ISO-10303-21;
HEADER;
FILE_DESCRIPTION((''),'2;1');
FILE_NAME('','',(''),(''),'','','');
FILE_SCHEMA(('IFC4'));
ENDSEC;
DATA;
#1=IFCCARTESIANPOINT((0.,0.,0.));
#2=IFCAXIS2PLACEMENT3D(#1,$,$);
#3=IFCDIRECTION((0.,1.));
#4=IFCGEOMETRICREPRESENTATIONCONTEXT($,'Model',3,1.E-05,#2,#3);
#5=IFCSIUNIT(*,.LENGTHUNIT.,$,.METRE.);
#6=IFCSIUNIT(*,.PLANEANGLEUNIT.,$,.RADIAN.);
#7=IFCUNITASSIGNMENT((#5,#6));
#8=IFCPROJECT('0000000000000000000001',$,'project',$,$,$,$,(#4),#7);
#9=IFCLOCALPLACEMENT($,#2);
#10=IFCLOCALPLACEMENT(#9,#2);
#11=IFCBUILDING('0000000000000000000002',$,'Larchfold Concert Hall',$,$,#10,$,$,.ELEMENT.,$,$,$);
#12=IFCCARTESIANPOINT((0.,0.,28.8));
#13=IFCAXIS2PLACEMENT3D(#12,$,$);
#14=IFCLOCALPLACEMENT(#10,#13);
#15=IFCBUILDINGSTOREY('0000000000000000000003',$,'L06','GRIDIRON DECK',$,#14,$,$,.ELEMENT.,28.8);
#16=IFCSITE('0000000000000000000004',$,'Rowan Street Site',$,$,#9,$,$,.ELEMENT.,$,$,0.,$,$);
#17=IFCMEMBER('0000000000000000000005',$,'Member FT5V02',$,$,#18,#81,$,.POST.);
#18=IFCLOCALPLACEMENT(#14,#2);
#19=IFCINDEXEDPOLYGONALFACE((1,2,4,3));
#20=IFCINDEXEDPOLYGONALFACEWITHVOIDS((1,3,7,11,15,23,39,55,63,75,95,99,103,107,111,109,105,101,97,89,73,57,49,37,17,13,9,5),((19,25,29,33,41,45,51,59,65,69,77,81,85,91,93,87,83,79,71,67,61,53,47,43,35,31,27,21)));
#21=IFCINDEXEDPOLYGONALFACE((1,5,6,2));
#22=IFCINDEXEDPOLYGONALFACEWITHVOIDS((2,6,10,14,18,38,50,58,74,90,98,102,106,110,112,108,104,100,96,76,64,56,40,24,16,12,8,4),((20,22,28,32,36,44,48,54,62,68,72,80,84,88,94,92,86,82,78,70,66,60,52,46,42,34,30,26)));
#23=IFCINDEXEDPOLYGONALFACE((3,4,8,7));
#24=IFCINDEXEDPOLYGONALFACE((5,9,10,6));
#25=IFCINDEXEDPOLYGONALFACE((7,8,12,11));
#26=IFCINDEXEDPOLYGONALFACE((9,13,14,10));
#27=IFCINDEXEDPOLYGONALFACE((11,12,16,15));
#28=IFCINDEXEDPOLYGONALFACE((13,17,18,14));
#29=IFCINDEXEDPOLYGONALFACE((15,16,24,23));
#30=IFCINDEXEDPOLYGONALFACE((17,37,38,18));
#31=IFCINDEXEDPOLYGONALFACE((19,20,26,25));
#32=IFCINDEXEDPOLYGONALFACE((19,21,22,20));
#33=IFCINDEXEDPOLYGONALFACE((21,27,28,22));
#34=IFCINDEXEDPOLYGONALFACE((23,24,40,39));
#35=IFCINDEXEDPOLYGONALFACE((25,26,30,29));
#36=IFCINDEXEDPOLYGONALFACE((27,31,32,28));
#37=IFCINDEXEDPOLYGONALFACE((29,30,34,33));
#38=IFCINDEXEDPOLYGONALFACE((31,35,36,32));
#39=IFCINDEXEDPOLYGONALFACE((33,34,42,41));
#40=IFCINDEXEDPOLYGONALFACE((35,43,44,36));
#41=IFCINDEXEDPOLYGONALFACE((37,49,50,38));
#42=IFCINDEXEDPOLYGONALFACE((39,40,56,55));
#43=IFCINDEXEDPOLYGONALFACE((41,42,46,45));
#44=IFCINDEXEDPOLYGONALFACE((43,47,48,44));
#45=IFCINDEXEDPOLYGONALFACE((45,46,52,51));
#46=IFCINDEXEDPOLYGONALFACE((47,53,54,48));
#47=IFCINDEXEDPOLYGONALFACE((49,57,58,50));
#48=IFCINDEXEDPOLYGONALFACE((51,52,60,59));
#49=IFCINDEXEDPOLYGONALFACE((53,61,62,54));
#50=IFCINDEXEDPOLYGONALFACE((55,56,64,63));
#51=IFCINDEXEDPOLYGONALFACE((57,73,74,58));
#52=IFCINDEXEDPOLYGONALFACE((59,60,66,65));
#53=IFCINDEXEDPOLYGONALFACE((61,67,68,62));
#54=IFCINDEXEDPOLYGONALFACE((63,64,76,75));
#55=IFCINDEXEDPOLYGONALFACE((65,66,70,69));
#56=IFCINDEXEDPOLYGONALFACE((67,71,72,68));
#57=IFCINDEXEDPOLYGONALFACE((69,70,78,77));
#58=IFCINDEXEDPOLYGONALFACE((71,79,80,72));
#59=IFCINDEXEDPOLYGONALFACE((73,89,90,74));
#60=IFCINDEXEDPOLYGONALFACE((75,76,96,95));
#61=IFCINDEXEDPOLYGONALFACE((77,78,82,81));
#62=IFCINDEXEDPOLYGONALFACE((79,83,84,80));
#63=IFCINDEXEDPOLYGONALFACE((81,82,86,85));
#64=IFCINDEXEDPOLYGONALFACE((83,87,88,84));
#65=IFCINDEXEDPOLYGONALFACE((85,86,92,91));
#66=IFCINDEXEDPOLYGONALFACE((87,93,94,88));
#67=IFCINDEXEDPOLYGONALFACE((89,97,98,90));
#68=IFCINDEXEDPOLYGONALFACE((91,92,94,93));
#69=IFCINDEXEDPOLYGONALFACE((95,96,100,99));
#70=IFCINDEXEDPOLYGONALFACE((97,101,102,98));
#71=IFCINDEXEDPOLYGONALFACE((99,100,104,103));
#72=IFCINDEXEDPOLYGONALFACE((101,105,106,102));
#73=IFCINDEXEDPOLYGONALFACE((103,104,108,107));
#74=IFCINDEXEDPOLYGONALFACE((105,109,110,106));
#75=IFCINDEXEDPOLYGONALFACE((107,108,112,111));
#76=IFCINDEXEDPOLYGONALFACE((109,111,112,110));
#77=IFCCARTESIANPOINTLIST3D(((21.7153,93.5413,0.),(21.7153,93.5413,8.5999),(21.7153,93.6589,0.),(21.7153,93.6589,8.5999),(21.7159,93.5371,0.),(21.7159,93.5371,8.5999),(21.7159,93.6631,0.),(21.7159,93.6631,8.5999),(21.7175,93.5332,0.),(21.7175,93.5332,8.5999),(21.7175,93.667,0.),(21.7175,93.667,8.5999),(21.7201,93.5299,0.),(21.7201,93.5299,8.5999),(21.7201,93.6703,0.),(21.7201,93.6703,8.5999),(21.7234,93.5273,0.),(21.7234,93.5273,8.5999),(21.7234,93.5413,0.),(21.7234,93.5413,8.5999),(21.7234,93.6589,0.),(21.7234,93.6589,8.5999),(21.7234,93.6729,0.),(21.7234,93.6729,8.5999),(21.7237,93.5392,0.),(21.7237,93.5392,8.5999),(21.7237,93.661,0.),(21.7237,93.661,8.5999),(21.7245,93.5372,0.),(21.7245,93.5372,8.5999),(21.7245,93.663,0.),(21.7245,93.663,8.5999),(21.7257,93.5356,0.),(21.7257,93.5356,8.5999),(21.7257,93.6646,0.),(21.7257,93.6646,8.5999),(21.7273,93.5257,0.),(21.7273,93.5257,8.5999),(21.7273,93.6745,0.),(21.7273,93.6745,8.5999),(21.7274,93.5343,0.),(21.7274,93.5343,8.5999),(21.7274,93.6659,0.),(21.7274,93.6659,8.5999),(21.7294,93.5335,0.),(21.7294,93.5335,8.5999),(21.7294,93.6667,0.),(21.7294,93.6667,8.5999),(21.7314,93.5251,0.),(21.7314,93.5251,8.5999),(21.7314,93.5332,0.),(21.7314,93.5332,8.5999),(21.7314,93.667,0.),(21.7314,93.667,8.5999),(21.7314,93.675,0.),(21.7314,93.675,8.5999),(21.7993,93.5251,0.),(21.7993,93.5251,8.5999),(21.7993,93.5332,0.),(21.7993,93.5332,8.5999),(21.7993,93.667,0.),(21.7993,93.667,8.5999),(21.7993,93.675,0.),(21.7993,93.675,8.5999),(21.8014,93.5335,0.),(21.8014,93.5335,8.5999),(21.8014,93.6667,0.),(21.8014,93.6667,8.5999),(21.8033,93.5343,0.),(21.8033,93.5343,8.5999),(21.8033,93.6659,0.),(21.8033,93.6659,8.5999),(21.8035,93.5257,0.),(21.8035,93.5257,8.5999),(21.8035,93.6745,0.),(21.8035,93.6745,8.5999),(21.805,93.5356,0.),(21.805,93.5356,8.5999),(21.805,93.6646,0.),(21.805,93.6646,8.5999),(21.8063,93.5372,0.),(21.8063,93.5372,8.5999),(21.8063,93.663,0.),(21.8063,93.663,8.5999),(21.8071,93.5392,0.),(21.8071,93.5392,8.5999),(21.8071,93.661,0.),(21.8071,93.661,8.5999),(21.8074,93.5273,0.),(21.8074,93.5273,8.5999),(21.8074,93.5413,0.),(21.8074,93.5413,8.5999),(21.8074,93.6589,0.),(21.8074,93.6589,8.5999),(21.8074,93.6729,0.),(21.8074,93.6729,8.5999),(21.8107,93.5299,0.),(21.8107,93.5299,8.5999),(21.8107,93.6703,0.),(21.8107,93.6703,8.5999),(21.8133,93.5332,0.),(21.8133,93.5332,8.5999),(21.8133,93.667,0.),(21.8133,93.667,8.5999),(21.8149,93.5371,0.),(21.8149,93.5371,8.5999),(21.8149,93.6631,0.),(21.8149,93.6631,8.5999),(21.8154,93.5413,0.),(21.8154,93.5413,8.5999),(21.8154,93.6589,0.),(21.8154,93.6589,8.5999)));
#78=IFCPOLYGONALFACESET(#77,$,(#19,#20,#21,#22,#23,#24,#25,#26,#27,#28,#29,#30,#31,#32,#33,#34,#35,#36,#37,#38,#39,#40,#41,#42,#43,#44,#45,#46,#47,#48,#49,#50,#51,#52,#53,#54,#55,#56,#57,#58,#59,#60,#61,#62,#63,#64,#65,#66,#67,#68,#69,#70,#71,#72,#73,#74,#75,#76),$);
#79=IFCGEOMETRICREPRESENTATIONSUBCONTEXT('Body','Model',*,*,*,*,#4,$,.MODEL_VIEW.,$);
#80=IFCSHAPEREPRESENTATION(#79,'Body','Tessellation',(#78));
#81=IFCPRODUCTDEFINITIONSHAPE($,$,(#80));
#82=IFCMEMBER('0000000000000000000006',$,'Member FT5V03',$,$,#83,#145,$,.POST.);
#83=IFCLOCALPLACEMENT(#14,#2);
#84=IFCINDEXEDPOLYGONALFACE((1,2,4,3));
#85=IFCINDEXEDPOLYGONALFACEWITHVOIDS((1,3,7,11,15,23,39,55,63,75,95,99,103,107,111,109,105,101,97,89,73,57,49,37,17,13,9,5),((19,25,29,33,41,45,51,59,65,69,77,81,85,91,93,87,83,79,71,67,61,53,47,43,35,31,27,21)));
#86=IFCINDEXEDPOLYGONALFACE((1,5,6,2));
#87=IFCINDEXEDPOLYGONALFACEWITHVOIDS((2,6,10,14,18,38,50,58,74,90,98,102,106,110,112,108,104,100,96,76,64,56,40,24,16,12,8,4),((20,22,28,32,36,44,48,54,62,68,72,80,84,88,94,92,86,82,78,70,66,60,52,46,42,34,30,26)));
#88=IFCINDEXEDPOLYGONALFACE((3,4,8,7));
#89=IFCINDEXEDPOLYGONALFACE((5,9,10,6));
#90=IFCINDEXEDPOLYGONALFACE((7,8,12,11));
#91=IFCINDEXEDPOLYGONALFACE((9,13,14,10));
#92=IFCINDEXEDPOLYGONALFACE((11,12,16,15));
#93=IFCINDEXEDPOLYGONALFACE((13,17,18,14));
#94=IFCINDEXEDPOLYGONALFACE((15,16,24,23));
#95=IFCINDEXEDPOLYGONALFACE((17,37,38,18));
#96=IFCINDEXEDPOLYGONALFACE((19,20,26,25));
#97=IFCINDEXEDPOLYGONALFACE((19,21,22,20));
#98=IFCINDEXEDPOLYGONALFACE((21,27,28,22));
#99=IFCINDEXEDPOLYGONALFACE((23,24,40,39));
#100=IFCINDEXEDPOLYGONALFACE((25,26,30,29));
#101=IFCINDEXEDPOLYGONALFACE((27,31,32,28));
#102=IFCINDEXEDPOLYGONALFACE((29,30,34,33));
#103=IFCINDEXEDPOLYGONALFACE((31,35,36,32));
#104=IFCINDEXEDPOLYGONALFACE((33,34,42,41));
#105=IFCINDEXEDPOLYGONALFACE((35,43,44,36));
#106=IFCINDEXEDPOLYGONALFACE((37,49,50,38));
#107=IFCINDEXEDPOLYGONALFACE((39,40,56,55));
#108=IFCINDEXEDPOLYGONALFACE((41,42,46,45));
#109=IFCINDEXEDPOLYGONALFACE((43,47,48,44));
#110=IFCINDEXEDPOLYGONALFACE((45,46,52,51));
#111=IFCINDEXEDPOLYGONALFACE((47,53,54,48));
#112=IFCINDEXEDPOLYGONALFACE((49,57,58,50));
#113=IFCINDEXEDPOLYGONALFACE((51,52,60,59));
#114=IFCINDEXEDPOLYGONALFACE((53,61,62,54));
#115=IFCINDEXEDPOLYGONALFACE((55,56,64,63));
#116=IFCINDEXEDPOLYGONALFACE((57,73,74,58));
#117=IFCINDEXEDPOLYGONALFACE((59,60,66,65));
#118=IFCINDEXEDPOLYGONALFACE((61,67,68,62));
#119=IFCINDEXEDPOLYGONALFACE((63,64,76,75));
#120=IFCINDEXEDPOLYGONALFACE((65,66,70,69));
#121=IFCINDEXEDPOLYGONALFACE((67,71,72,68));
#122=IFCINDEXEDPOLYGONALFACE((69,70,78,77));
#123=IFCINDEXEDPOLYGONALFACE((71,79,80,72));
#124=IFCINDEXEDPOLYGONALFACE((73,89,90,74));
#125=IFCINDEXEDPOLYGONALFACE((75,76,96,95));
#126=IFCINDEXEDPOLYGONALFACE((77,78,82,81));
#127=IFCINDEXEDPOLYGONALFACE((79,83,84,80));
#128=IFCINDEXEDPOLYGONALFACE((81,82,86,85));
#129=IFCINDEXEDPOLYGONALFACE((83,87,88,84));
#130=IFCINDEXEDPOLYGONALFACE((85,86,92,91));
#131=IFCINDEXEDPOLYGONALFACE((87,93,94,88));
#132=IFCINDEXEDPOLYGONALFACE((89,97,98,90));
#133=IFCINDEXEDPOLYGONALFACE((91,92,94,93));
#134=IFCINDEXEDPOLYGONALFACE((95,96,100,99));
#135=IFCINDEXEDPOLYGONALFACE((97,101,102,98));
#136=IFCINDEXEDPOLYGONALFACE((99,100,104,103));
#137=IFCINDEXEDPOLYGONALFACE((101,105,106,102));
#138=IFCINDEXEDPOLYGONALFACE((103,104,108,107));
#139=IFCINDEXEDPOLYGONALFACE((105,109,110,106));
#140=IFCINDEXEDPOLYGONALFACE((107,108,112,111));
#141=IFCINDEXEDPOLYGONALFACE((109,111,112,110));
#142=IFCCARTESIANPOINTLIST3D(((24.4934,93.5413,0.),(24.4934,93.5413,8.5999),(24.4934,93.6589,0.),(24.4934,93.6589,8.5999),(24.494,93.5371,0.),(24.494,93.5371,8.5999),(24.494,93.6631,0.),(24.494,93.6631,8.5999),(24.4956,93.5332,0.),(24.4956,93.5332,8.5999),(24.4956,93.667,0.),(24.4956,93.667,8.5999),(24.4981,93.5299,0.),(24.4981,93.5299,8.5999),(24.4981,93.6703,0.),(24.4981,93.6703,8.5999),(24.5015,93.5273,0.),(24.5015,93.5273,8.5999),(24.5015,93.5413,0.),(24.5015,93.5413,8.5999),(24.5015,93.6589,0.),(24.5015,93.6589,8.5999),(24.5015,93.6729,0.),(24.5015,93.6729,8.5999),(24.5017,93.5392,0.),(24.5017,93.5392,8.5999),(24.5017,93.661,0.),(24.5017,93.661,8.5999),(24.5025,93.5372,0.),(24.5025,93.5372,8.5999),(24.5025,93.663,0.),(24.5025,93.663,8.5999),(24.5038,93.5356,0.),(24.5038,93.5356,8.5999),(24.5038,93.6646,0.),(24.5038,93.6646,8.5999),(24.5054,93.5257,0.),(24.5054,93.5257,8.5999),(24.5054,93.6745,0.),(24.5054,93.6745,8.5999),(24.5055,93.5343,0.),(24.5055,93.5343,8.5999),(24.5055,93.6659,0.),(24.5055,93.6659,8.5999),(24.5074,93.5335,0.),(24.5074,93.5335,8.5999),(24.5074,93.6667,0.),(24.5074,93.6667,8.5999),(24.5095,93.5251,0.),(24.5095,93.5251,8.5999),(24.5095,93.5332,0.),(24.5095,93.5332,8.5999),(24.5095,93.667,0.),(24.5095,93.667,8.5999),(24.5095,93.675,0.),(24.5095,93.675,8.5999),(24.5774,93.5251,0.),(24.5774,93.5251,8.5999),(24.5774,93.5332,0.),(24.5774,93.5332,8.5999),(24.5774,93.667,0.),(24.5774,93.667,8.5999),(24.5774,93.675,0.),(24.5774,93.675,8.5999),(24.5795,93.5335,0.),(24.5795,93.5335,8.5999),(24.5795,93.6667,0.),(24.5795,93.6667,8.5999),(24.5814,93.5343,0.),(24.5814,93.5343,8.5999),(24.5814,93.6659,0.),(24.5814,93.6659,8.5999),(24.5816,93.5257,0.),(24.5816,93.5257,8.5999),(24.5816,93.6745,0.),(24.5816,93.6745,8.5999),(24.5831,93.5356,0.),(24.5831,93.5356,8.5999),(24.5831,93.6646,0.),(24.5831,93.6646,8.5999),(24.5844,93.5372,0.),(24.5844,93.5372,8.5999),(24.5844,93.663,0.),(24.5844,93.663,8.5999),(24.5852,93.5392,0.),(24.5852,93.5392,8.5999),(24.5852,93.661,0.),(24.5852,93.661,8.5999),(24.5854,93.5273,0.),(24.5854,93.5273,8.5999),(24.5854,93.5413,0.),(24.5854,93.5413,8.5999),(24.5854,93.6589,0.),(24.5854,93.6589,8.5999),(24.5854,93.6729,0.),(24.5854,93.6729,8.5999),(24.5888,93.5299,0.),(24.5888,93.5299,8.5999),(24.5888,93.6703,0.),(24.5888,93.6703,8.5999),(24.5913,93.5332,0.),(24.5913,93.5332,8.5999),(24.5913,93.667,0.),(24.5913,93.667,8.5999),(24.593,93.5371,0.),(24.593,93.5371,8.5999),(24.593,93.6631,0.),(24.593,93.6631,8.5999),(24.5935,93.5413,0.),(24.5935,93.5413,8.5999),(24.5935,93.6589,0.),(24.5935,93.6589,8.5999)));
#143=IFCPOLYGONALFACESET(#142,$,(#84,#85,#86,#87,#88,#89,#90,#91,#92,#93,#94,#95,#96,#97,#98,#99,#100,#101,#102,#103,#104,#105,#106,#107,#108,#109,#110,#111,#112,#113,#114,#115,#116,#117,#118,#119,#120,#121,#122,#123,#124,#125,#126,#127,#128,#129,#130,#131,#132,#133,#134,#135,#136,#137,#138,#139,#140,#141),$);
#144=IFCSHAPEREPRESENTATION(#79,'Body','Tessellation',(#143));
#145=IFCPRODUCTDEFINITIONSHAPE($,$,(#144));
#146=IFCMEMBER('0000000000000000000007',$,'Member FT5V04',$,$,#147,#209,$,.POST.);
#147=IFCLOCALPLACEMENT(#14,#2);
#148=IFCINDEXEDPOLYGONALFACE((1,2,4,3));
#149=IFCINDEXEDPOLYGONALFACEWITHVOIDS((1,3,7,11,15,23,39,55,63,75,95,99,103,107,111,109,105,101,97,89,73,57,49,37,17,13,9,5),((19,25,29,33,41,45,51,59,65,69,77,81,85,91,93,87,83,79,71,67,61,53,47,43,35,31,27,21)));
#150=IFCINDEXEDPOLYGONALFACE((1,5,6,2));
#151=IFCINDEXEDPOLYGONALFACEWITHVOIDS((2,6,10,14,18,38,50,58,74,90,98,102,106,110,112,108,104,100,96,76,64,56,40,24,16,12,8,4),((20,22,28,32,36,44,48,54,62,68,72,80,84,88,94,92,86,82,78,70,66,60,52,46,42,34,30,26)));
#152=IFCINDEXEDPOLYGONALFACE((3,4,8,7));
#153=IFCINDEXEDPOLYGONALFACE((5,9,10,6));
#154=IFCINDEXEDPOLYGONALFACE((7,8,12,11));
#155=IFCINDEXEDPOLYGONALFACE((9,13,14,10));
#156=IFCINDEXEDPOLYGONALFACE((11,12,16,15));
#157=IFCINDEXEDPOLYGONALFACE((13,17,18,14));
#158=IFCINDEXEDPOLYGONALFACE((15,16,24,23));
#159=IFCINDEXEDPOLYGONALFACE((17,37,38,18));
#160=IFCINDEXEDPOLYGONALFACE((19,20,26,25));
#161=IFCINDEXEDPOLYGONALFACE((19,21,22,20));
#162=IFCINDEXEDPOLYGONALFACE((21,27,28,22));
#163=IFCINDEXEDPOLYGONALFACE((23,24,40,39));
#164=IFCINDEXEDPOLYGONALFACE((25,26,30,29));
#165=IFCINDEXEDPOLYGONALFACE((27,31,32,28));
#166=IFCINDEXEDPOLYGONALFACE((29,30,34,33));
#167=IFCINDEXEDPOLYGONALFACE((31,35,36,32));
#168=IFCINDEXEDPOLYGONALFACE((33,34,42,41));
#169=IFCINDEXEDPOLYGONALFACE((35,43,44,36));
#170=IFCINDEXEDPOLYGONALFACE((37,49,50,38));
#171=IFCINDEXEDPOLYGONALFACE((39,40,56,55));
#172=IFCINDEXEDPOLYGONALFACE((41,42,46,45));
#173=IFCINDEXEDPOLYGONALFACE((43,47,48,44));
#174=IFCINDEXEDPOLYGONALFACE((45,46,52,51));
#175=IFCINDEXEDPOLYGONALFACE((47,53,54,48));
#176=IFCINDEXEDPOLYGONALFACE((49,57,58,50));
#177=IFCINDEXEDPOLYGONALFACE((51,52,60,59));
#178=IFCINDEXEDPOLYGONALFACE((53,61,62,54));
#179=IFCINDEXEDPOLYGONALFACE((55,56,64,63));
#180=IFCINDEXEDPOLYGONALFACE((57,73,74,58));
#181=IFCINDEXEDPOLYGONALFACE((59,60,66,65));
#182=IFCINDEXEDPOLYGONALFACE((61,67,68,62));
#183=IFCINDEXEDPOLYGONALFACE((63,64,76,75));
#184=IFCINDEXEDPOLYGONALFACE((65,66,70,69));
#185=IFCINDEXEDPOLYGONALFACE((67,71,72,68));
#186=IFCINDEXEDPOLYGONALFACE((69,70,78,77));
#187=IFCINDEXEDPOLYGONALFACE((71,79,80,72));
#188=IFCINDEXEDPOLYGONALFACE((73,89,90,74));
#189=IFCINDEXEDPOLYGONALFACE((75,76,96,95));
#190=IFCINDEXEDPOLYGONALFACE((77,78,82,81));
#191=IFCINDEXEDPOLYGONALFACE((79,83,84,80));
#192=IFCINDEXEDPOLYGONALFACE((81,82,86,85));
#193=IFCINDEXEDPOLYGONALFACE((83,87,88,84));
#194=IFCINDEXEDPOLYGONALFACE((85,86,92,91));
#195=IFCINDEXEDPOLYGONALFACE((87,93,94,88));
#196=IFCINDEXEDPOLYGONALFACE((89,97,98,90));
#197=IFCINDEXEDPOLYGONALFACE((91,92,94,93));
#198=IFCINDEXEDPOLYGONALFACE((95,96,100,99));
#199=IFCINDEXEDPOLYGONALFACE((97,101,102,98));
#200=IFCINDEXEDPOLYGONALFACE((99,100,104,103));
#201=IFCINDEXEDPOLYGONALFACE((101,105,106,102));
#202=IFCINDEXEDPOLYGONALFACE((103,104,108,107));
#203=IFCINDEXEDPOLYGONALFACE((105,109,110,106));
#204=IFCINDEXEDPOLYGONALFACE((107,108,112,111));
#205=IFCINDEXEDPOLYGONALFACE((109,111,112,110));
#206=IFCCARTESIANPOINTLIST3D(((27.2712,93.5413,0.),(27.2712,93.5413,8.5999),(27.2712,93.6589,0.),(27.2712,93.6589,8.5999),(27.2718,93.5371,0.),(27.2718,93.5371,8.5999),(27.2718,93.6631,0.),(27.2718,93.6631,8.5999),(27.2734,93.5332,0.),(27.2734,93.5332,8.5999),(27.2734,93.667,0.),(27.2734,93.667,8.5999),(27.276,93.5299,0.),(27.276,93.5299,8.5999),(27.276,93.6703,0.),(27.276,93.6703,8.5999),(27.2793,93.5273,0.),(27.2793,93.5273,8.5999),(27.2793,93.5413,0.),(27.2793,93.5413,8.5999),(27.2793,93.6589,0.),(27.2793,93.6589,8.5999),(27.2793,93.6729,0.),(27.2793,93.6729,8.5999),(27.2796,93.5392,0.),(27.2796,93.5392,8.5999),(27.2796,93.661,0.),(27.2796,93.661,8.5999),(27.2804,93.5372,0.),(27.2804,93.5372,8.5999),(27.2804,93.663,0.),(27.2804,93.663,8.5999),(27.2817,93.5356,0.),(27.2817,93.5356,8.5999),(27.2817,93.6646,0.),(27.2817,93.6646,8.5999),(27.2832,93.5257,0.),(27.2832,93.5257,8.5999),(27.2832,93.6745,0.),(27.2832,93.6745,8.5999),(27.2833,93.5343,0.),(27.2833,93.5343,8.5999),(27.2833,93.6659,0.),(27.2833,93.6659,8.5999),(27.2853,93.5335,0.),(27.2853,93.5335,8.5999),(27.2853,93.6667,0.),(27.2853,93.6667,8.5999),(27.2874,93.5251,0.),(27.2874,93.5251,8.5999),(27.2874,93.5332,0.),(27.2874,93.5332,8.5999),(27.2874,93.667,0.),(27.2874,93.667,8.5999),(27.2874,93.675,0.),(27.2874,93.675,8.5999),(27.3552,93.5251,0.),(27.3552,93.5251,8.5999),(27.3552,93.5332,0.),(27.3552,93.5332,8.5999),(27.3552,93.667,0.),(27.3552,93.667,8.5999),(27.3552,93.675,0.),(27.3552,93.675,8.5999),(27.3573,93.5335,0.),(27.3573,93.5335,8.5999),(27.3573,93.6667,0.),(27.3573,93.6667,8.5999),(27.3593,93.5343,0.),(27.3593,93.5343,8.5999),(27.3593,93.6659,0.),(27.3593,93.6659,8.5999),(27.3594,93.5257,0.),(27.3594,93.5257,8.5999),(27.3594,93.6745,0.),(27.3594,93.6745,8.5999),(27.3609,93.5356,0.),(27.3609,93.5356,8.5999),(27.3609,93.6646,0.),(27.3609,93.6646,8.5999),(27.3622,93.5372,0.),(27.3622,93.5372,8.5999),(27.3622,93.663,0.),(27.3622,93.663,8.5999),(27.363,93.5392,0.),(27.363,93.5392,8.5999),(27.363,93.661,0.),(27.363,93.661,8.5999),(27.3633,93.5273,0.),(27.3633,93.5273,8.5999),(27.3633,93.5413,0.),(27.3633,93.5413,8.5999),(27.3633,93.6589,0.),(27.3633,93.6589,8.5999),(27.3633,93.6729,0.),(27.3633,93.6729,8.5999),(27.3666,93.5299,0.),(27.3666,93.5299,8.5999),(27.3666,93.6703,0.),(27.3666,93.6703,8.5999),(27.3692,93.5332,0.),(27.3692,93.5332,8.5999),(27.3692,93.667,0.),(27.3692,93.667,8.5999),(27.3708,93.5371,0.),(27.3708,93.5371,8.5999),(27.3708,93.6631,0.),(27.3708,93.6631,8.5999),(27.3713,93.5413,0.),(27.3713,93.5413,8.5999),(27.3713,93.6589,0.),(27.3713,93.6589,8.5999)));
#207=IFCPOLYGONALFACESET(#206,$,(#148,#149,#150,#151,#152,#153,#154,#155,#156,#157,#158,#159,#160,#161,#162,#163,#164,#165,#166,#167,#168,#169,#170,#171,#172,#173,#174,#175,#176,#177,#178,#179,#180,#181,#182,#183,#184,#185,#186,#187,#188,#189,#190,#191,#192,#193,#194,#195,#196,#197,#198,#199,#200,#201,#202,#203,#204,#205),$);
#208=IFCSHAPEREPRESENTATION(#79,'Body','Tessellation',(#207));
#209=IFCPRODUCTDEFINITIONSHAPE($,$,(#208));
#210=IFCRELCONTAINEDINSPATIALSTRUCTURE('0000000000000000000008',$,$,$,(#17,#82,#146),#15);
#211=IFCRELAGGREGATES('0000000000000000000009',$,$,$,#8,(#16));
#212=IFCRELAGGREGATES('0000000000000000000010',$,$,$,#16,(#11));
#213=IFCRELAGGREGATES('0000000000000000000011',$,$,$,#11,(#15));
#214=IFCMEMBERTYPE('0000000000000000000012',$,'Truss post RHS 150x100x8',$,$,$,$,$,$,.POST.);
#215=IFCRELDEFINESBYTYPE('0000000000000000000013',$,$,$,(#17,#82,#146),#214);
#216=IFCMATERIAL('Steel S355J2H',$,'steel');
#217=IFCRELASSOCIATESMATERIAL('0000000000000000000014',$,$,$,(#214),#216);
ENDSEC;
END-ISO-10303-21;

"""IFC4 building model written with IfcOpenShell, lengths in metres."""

from ifc_helpers import new_model, si_unit, direction, frame, origin, origin_2d, place, context, subcontext, project, spatial, hollow_rectangle, extrude, material, material_profile, profile_set, type_object, element, save


model = new_model("IFC4")

# Units and contexts
model_context = context("Model", 3, precision=1e-05, world=origin(), true_north=direction((0.0, 1.0)))
body_context = subcontext(model_context, "Body", "Model", "MODEL_VIEW")
ifc_project = project(units=[si_unit("LENGTHUNIT", "METRE"), si_unit("PLANEANGLEUNIT", "RADIAN")], contexts=[model_context])

# Site, building, storey
site_placement = place(None, origin())
site = spatial("IfcSite", under=ifc_project, at=site_placement, Name="Rowan Street Site", CompositionType="ELEMENT", RefElevation=0.0)
building_placement = place(site_placement, origin())
building = spatial("IfcBuilding", under=site, at=building_placement, Name="Larchfold Concert Hall", CompositionType="ELEMENT")
storey_placement = place(building_placement, frame((0.0, 0.0, 28.8)))
storey = spatial("IfcBuildingStorey", under=building, at=storey_placement, Name="L06", Description="GRIDIRON DECK", CompositionType="ELEMENT", Elevation=28.8)

# Members
ifc_material_1 = material(Name="Steel S355J2H", Category="steel")
ifc_material_profile_1 = material_profile(ifc_material_1, hollow_rectangle(XDim=0.1001, YDim=0.1499, WallThickness=0.0081, InnerFilletRadius=0.0081, OuterFilletRadius=0.0161, at=origin_2d()))
ifc_profile_set_1 = profile_set([ifc_material_profile_1], Name="Steel S355J2H")
member_type_1 = type_object("IfcMemberType", Name="Truss post RHS 150x100x8", PredefinedType="POST", material=ifc_profile_set_1)
for number, where, z_axis, x_axis, name in (
    (1, (21.7654, 93.6001, 8.5999), (0.0, 0.0, -1.0), (1.0, 0.0, 0.0), "Member FT5V02"),
    (2, (24.5435, 93.6001, 8.5999), (0.0, 0.0, -1.0), (1.0, 0.0, 0.0), "Member FT5V03"),
    (3, (27.3213, 93.6001, 8.5999), (0.0, 0.0, -1.0), (1.0, 0.0, 0.0), "Member FT5V04"),
):
    element("IfcMember", number, at=place(storey_placement, frame(where, z_axis=z_axis, x_axis=x_axis)), inside=storey, type_object=member_type_1, Name=name, PredefinedType="POST", context=body_context, shape_type="SweptSolid", body=[
        extrude(hollow_rectangle(XDim=0.1001, YDim=0.1499, WallThickness=0.0081, InnerFilletRadius=0.0081, OuterFilletRadius=0.0161, at=origin_2d()), origin(), (0.0, 0.0, 1.0), 8.5999),
    ])

save(model, "model.ifc")
